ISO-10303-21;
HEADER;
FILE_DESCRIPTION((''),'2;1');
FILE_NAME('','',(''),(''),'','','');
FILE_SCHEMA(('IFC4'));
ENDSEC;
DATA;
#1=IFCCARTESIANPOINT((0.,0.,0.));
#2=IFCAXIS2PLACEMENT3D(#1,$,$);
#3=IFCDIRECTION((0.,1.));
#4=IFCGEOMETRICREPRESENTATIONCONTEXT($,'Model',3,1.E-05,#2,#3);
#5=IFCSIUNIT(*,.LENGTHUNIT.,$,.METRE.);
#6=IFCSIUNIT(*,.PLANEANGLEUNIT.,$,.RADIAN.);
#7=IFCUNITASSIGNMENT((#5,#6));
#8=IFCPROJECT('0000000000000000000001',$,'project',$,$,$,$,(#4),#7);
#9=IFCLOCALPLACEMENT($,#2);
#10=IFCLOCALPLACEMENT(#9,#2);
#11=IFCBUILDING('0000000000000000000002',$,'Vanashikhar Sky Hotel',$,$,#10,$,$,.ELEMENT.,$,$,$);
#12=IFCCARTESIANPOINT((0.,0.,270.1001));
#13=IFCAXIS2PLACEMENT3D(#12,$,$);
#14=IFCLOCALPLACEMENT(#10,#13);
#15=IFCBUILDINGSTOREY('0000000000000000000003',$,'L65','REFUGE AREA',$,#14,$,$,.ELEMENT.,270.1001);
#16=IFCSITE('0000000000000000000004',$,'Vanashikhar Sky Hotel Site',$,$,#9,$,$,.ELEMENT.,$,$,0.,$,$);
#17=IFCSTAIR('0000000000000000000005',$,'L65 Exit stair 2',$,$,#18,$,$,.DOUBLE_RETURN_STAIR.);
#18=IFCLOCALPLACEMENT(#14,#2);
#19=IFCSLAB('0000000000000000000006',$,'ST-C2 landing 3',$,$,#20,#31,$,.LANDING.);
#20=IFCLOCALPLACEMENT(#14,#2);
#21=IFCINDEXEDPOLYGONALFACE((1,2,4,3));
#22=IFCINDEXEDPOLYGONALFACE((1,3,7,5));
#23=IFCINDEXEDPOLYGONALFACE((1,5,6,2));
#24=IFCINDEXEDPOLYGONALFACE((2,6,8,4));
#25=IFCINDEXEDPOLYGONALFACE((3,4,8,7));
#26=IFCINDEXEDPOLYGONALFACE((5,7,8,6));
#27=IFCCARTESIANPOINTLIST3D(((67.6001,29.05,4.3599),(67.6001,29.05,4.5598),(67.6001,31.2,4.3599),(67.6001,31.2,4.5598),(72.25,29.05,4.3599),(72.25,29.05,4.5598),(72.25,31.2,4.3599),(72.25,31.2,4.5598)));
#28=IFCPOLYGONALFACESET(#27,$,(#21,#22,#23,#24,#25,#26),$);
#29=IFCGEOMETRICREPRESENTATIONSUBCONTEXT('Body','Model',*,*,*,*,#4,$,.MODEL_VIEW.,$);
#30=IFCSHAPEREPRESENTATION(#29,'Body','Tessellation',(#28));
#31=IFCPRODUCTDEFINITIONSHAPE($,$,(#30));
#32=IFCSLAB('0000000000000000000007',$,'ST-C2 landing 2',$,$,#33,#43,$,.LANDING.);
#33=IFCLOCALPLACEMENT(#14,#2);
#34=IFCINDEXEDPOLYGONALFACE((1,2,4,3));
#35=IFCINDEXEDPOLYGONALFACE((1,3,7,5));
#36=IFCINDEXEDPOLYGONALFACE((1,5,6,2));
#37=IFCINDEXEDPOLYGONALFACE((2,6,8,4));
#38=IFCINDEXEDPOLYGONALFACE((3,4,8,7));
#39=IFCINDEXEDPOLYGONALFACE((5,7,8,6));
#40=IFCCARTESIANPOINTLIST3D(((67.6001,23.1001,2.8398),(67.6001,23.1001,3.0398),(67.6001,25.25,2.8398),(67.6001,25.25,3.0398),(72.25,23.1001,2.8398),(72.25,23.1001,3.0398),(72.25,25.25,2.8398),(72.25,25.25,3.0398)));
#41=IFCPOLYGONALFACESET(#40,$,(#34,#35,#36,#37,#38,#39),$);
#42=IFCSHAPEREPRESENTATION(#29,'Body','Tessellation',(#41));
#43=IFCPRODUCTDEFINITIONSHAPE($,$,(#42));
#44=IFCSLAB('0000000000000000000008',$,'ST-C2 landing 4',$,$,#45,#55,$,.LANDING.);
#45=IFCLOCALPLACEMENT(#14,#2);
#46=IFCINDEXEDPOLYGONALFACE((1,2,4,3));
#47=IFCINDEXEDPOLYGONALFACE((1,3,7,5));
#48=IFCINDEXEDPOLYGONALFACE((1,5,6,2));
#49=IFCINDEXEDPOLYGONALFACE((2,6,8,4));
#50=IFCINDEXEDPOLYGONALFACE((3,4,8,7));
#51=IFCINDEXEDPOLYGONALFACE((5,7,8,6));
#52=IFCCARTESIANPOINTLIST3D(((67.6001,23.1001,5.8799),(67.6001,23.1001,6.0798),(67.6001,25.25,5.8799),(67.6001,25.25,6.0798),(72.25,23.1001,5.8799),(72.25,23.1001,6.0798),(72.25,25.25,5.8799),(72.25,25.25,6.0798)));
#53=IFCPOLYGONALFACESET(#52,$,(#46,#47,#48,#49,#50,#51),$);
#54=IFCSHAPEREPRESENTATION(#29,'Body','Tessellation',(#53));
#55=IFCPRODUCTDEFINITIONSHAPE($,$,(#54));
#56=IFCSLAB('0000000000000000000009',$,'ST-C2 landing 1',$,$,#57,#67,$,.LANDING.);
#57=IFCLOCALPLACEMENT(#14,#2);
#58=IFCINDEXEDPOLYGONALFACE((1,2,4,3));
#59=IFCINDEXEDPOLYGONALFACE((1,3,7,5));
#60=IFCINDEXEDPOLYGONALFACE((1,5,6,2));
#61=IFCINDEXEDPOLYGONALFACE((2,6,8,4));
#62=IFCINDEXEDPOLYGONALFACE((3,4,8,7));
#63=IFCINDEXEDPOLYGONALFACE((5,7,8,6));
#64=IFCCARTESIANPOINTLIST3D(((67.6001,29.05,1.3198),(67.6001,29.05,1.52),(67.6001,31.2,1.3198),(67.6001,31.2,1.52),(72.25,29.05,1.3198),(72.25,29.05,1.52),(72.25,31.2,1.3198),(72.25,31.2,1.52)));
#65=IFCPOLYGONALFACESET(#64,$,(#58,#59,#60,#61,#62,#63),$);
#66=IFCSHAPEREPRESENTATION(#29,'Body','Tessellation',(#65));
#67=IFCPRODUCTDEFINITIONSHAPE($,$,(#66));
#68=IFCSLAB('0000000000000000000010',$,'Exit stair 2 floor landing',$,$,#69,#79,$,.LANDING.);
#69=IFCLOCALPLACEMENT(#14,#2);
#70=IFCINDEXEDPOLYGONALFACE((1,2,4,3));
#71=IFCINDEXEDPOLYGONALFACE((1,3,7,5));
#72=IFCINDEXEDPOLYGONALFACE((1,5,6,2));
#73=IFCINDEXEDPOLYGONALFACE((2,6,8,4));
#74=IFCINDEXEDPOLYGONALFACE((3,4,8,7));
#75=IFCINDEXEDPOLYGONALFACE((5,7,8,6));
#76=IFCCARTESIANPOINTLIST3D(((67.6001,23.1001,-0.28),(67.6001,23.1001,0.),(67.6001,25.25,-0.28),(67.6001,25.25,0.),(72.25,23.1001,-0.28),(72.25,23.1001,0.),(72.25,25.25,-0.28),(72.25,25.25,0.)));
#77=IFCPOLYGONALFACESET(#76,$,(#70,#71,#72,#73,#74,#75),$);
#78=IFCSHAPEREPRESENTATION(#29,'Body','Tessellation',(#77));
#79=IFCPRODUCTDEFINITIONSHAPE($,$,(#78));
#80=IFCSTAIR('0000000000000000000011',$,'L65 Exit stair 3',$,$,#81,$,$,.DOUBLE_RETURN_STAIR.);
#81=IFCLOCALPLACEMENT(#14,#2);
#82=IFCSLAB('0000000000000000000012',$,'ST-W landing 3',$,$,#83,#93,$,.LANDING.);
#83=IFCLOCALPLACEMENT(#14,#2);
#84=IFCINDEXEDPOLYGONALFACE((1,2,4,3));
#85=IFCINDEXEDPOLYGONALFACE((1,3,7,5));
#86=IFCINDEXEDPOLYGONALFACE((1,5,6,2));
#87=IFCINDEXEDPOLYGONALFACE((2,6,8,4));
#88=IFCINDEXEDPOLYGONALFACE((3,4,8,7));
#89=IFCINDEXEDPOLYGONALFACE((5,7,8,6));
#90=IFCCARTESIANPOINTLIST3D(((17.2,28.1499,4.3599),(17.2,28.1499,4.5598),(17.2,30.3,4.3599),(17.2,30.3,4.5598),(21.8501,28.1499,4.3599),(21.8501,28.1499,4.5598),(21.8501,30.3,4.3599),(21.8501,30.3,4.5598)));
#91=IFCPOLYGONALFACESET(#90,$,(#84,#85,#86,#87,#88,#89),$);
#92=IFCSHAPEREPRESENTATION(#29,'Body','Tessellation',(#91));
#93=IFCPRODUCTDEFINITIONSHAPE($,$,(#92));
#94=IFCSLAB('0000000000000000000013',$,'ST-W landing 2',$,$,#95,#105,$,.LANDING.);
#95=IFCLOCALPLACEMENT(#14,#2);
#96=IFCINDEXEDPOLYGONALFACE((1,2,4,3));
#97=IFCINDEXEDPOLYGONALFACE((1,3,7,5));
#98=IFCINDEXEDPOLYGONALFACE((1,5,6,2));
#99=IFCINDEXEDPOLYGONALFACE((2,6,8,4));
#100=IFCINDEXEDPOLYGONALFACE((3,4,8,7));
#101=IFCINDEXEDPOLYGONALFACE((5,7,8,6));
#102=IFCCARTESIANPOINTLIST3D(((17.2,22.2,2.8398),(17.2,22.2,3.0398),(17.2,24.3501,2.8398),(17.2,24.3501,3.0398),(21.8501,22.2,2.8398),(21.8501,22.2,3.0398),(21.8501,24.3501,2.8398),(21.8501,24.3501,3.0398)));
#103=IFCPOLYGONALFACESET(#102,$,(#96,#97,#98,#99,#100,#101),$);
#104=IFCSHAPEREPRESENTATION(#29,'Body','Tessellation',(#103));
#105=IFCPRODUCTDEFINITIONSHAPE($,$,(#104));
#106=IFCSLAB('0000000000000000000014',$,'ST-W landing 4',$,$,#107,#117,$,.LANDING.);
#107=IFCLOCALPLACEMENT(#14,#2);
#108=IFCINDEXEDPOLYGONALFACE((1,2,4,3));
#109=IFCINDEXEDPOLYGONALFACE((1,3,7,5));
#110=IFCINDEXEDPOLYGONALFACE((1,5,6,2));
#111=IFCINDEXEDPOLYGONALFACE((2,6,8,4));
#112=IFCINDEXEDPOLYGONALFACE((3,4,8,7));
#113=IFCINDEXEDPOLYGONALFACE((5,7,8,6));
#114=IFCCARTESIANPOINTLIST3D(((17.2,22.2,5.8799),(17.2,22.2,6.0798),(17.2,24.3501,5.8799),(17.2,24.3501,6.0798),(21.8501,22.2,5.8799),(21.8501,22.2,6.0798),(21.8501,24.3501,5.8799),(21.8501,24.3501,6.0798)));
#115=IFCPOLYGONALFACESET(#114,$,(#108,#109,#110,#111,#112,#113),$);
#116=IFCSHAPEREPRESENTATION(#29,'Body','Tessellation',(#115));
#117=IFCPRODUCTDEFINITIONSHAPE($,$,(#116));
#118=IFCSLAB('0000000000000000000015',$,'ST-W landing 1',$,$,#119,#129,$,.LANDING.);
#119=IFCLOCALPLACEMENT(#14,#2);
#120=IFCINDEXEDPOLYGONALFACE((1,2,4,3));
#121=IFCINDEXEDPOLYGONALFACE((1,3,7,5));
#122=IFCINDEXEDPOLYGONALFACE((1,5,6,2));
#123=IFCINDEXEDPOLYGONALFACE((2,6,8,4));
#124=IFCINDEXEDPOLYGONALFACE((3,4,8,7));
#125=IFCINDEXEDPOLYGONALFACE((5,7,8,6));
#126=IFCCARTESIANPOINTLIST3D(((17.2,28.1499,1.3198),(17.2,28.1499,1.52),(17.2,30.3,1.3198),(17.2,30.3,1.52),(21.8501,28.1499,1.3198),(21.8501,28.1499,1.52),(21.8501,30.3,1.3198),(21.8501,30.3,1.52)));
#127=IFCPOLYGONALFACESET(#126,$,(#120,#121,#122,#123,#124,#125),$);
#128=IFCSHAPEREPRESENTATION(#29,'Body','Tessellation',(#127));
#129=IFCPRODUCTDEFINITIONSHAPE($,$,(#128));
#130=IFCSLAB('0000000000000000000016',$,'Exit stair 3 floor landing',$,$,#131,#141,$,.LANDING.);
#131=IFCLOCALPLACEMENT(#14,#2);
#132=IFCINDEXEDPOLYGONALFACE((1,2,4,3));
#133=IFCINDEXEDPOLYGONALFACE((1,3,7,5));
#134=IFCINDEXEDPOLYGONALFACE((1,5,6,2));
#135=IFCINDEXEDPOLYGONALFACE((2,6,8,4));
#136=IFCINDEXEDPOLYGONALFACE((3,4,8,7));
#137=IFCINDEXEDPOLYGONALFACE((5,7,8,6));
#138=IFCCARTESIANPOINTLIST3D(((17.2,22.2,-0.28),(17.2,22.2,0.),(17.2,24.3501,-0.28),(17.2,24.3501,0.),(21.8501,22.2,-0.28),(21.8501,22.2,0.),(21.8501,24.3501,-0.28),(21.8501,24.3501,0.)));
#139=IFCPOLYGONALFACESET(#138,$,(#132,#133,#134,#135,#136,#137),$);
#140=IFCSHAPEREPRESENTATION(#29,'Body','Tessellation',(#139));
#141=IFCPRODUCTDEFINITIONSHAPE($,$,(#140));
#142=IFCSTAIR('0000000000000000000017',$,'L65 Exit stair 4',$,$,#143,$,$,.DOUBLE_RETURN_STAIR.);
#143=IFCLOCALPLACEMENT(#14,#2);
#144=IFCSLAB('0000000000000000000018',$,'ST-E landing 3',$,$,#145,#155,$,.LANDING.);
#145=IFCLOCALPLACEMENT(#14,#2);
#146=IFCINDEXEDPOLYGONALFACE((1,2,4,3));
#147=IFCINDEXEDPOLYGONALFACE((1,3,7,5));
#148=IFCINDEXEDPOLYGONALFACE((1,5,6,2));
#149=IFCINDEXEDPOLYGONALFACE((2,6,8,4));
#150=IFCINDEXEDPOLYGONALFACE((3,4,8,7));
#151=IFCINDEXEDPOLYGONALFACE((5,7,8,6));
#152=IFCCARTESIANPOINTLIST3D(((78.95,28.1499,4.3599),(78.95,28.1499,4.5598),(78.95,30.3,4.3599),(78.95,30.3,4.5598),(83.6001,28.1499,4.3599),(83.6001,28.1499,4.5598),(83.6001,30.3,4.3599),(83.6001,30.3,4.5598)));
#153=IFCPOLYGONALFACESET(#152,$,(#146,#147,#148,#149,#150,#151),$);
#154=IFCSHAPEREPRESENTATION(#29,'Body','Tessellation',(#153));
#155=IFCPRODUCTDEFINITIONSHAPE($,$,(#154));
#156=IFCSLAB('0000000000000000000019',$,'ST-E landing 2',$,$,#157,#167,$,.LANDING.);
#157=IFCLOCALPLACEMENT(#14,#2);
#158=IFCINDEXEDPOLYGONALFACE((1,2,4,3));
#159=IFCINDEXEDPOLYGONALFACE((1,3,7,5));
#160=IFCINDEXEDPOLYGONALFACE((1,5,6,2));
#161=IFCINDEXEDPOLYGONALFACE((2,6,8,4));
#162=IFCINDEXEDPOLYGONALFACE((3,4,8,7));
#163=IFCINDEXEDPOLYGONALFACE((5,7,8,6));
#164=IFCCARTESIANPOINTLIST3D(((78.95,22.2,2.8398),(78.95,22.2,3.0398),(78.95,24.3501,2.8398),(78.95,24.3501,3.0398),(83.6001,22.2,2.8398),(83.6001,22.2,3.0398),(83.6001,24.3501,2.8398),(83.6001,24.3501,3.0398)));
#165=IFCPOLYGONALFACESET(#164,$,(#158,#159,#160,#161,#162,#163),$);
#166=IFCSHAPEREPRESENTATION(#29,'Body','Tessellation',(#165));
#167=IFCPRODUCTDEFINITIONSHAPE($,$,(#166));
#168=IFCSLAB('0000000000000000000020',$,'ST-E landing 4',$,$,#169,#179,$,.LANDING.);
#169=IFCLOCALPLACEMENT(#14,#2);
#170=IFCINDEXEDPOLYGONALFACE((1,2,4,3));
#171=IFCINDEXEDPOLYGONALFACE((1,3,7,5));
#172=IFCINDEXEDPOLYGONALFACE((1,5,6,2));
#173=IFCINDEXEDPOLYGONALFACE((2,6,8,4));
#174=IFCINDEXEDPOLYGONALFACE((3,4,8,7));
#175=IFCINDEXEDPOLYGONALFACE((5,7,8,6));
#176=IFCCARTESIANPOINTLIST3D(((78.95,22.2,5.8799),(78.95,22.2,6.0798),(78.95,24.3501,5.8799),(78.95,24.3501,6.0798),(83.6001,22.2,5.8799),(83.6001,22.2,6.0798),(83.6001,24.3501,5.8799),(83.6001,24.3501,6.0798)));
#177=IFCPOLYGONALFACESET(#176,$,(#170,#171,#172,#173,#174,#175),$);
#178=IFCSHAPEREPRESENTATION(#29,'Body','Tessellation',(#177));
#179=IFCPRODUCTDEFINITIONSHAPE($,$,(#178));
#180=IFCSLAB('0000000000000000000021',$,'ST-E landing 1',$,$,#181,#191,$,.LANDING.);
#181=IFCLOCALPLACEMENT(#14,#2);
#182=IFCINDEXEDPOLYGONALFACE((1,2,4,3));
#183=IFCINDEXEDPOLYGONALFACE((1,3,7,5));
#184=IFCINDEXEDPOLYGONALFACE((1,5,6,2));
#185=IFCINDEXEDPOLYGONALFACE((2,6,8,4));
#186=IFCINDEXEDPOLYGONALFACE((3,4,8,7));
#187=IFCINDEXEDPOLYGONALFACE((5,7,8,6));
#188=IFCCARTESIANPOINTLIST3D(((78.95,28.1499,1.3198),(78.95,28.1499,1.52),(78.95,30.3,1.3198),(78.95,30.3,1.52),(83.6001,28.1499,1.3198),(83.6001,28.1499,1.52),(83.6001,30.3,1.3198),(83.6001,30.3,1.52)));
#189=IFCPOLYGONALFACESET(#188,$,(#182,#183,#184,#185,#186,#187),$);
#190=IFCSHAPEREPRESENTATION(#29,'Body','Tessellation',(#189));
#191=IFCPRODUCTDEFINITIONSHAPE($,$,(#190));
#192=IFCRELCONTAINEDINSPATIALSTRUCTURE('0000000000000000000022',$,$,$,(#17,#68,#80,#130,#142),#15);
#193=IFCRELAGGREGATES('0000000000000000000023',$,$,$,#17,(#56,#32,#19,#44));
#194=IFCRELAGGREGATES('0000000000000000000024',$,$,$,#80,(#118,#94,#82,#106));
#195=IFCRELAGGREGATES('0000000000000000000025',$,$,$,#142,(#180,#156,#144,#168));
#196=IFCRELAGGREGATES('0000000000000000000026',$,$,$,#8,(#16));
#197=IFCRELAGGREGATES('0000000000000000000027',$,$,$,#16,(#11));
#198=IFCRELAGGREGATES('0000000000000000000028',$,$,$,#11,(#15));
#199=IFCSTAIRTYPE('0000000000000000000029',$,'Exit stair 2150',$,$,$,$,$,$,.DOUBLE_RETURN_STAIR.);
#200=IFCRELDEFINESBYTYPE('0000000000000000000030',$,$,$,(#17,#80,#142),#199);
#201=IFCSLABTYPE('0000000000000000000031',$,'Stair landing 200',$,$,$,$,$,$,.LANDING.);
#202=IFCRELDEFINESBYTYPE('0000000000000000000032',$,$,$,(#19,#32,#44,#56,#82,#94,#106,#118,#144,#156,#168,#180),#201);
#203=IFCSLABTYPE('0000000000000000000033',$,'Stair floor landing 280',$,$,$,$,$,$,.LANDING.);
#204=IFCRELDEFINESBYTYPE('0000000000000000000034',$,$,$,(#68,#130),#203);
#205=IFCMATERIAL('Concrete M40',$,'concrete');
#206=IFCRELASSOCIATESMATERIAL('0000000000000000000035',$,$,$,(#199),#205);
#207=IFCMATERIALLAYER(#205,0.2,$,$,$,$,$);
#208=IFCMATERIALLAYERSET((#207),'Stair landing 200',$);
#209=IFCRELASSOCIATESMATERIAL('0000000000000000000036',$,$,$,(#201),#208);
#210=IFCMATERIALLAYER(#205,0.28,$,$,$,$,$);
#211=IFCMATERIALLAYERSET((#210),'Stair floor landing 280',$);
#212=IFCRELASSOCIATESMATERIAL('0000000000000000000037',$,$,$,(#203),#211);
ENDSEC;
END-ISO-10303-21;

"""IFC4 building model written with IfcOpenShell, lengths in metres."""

from ifc_helpers import new_model, si_unit, direction, frame, origin, place, context, subcontext, project, spatial, polyline, outline, extrude, source, transform, mapped, material, layer, layer_set, type_object, element, aggregate, save


model = new_model("IFC4")

# Units and contexts
model_context = context("Model", 3, precision=1e-05, world=origin(), true_north=direction((0.0, 1.0)))
body_context = subcontext(model_context, "Body", "Model", "MODEL_VIEW")
ifc_project = project(units=[si_unit("LENGTHUNIT", "METRE"), si_unit("PLANEANGLEUNIT", "RADIAN")], contexts=[model_context])

# Site, building, storey
site_placement = place(None, origin())
site = spatial("IfcSite", under=ifc_project, at=site_placement, Name="Vanashikhar Sky Hotel Site", CompositionType="ELEMENT", RefElevation=0.0)
building_placement = place(site_placement, origin())
building = spatial("IfcBuilding", under=site, at=building_placement, Name="Vanashikhar Sky Hotel", CompositionType="ELEMENT")
storey_placement = place(building_placement, frame((0.0, 0.0, 270.1001)))
storey = spatial("IfcBuildingStorey", under=building, at=storey_placement, Name="L65", Description="REFUGE AREA", CompositionType="ELEMENT", Elevation=270.1001)

# Shared definitions
ifc_material = material(Name="Concrete M40", Category="concrete")

# Shared definitions
stair_type = type_object("IfcStairType", Name="Exit stair 2150", PredefinedType="DOUBLE_RETURN_STAIR", material=ifc_material)
ifc_layer_1 = layer(ifc_material, 0.2)
ifc_layer_set_1 = layer_set([ifc_layer_1], Name="Stair landing 200")
slab_type_1 = type_object("IfcSlabType", Name="Stair landing 200", PredefinedType="LANDING", material=ifc_layer_set_1)

# Shared definitions
ifc_layer_2 = layer(ifc_material, 0.28)
ifc_layer_set_2 = layer_set([ifc_layer_2], Name="Stair floor landing 280")
slab_type_2 = type_object("IfcSlabType", Name="Stair floor landing 280", PredefinedType="LANDING", material=ifc_layer_set_2)

# Stair, slabs
stair_1_placement = place(storey_placement, origin())
stair_1 = element("IfcStair", 1, at=stair_1_placement, inside=storey, type_object=stair_type, Name="L65 Exit stair 2", PredefinedType="DOUBLE_RETURN_STAIR")
shared_shape_1 = source(origin(), body_context, "Body", "SweptSolid", [
    extrude(outline(polyline([(72.25, 29.05), (72.25, 31.2), (67.6001, 31.2), (67.6001, 29.05), (72.25, 29.05)])), origin(), (0.0, 0.0, 1.0), 0.2),
])
slab_1_placement = place(storey_placement, frame((0.0, 0.0, 4.3599)))
slab_1 = element("IfcSlab", 2, at=slab_1_placement, type_object=slab_type_1, Name="ST-C2 landing 3", PredefinedType="LANDING", context=body_context, shape_type="MappedRepresentation", body=[
    mapped(shared_shape_1, transform((0.0, 0.0, 0.0), scale=1.0)),
])
shared_shape_2 = source(origin(), body_context, "Body", "SweptSolid", [
    extrude(outline(polyline([(72.25, 23.1001), (72.25, 25.25), (67.6001, 25.25), (67.6001, 23.1001), (72.25, 23.1001)])), origin(), (0.0, 0.0, 1.0), 0.2),
])
slab_2_placement = place(storey_placement, frame((0.0, 0.0, 2.8398)))
slab_2 = element("IfcSlab", 3, at=slab_2_placement, type_object=slab_type_1, Name="ST-C2 landing 2", PredefinedType="LANDING", context=body_context, shape_type="MappedRepresentation", body=[
    mapped(shared_shape_2, transform((0.0, 0.0, 0.0), scale=1.0)),
])
slab_3_placement = place(storey_placement, frame((0.0, 0.0, 5.8799)))
slab_3 = element("IfcSlab", 4, at=slab_3_placement, type_object=slab_type_1, Name="ST-C2 landing 4", PredefinedType="LANDING", context=body_context, shape_type="MappedRepresentation", body=[
    mapped(shared_shape_2, transform((0.0, 0.0, 0.0), scale=1.0)),
])
shared_shape_3 = source(origin(), body_context, "Body", "SweptSolid", [
    extrude(outline(polyline([(72.25, 29.05), (72.25, 31.2), (67.6001, 31.2), (67.6001, 29.05), (72.25, 29.05)])), origin(), (0.0, 0.0, 1.0), 0.2002),
])
slab_4_placement = place(storey_placement, frame((0.0, 0.0, 1.3198)))
slab_4 = element("IfcSlab", 5, at=slab_4_placement, type_object=slab_type_1, Name="ST-C2 landing 1", PredefinedType="LANDING", context=body_context, shape_type="MappedRepresentation", body=[
    mapped(shared_shape_3, transform((0.0, 0.0, 0.0), scale=1.0)),
])
aggregate(stair_1, [slab_4, slab_2, slab_1, slab_3])

# Slab
shared_shape_4 = source(origin(), body_context, "Body", "SweptSolid", [
    extrude(outline(polyline([(72.25, 23.1001), (72.25, 25.25), (67.6001, 25.25), (67.6001, 23.1001), (72.25, 23.1001)])), origin(), (0.0, 0.0, 1.0), 0.28),
])
slab_5_placement = place(storey_placement, frame((0.0, 0.0, -0.28)))
element("IfcSlab", 6, at=slab_5_placement, inside=storey, type_object=slab_type_2, Name="Exit stair 2 floor landing", PredefinedType="LANDING", context=body_context, shape_type="MappedRepresentation", body=[
    mapped(shared_shape_4, transform((0.0, 0.0, 0.0), scale=1.0)),
])

# Stair, slabs
stair_2_placement = place(storey_placement, origin())
stair_2 = element("IfcStair", 7, at=stair_2_placement, inside=storey, type_object=stair_type, Name="L65 Exit stair 3", PredefinedType="DOUBLE_RETURN_STAIR")
shared_shape_5 = source(origin(), body_context, "Body", "SweptSolid", [
    extrude(outline(polyline([(21.8501, 28.1499), (21.8501, 30.3), (17.2, 30.3), (17.2, 28.1499), (21.8501, 28.1499)])), origin(), (0.0, 0.0, 1.0), 0.2),
])
slab_6_placement = place(storey_placement, frame((0.0, 0.0, 4.3599)))
slab_6 = element("IfcSlab", 8, at=slab_6_placement, type_object=slab_type_1, Name="ST-W landing 3", PredefinedType="LANDING", context=body_context, shape_type="MappedRepresentation", body=[
    mapped(shared_shape_5, transform((0.0, 0.0, 0.0), scale=1.0)),
])
shared_shape_6 = source(origin(), body_context, "Body", "SweptSolid", [
    extrude(outline(polyline([(21.8501, 22.2), (21.8501, 24.3501), (17.2, 24.3501), (17.2, 22.2), (21.8501, 22.2)])), origin(), (0.0, 0.0, 1.0), 0.2),
])
slab_7_placement = place(storey_placement, frame((0.0, 0.0, 2.8398)))
slab_7 = element("IfcSlab", 9, at=slab_7_placement, type_object=slab_type_1, Name="ST-W landing 2", PredefinedType="LANDING", context=body_context, shape_type="MappedRepresentation", body=[
    mapped(shared_shape_6, transform((0.0, 0.0, 0.0), scale=1.0)),
])
slab_8_placement = place(storey_placement, frame((0.0, 0.0, 5.8799)))
slab_8 = element("IfcSlab", 10, at=slab_8_placement, type_object=slab_type_1, Name="ST-W landing 4", PredefinedType="LANDING", context=body_context, shape_type="MappedRepresentation", body=[
    mapped(shared_shape_6, transform((0.0, 0.0, 0.0), scale=1.0)),
])
shared_shape_7 = source(origin(), body_context, "Body", "SweptSolid", [
    extrude(outline(polyline([(21.8501, 28.1499), (21.8501, 30.3), (17.2, 30.3), (17.2, 28.1499), (21.8501, 28.1499)])), origin(), (0.0, 0.0, 1.0), 0.2002),
])
slab_9_placement = place(storey_placement, frame((0.0, 0.0, 1.3198)))
slab_9 = element("IfcSlab", 11, at=slab_9_placement, type_object=slab_type_1, Name="ST-W landing 1", PredefinedType="LANDING", context=body_context, shape_type="MappedRepresentation", body=[
    mapped(shared_shape_7, transform((0.0, 0.0, 0.0), scale=1.0)),
])
aggregate(stair_2, [slab_9, slab_7, slab_6, slab_8])

# Slab
shared_shape_8 = source(origin(), body_context, "Body", "SweptSolid", [
    extrude(outline(polyline([(21.8501, 22.2), (21.8501, 24.3501), (17.2, 24.3501), (17.2, 22.2), (21.8501, 22.2)])), origin(), (0.0, 0.0, 1.0), 0.28),
])
slab_10_placement = place(storey_placement, frame((0.0, 0.0, -0.28)))
element("IfcSlab", 12, at=slab_10_placement, inside=storey, type_object=slab_type_2, Name="Exit stair 3 floor landing", PredefinedType="LANDING", context=body_context, shape_type="MappedRepresentation", body=[
    mapped(shared_shape_8, transform((0.0, 0.0, 0.0), scale=1.0)),
])

# Stair, slabs
stair_3_placement = place(storey_placement, origin())
stair_3 = element("IfcStair", 13, at=stair_3_placement, inside=storey, type_object=stair_type, Name="L65 Exit stair 4", PredefinedType="DOUBLE_RETURN_STAIR")
shared_shape_9 = source(origin(), body_context, "Body", "SweptSolid", [
    extrude(outline(polyline([(83.6001, 28.1499), (83.6001, 30.3), (78.95, 30.3), (78.95, 28.1499), (83.6001, 28.1499)])), origin(), (0.0, 0.0, 1.0), 0.2),
])
slab_11_placement = place(storey_placement, frame((0.0, 0.0, 4.3599)))
slab_11 = element("IfcSlab", 14, at=slab_11_placement, type_object=slab_type_1, Name="ST-E landing 3", PredefinedType="LANDING", context=body_context, shape_type="MappedRepresentation", body=[
    mapped(shared_shape_9, transform((0.0, 0.0, 0.0), scale=1.0)),
])
shared_shape_10 = source(origin(), body_context, "Body", "SweptSolid", [
    extrude(outline(polyline([(83.6001, 22.2), (83.6001, 24.3501), (78.95, 24.3501), (78.95, 22.2), (83.6001, 22.2)])), origin(), (0.0, 0.0, 1.0), 0.2),
])
slab_12_placement = place(storey_placement, frame((0.0, 0.0, 2.8398)))
slab_12 = element("IfcSlab", 15, at=slab_12_placement, type_object=slab_type_1, Name="ST-E landing 2", PredefinedType="LANDING", context=body_context, shape_type="MappedRepresentation", body=[
    mapped(shared_shape_10, transform((0.0, 0.0, 0.0), scale=1.0)),
])
slab_13_placement = place(storey_placement, frame((0.0, 0.0, 5.8799)))
slab_13 = element("IfcSlab", 16, at=slab_13_placement, type_object=slab_type_1, Name="ST-E landing 4", PredefinedType="LANDING", context=body_context, shape_type="MappedRepresentation", body=[
    mapped(shared_shape_10, transform((0.0, 0.0, 0.0), scale=1.0)),
])
shared_shape_11 = source(origin(), body_context, "Body", "SweptSolid", [
    extrude(outline(polyline([(83.6001, 28.1499), (83.6001, 30.3), (78.95, 30.3), (78.95, 28.1499), (83.6001, 28.1499)])), origin(), (0.0, 0.0, 1.0), 0.2002),
])
slab_14_placement = place(storey_placement, frame((0.0, 0.0, 1.3198)))
slab_14 = element("IfcSlab", 17, at=slab_14_placement, type_object=slab_type_1, Name="ST-E landing 1", PredefinedType="LANDING", context=body_context, shape_type="MappedRepresentation", body=[
    mapped(shared_shape_11, transform((0.0, 0.0, 0.0), scale=1.0)),
])
aggregate(stair_3, [slab_14, slab_12, slab_11, slab_13])

save(model, "model.ifc")
